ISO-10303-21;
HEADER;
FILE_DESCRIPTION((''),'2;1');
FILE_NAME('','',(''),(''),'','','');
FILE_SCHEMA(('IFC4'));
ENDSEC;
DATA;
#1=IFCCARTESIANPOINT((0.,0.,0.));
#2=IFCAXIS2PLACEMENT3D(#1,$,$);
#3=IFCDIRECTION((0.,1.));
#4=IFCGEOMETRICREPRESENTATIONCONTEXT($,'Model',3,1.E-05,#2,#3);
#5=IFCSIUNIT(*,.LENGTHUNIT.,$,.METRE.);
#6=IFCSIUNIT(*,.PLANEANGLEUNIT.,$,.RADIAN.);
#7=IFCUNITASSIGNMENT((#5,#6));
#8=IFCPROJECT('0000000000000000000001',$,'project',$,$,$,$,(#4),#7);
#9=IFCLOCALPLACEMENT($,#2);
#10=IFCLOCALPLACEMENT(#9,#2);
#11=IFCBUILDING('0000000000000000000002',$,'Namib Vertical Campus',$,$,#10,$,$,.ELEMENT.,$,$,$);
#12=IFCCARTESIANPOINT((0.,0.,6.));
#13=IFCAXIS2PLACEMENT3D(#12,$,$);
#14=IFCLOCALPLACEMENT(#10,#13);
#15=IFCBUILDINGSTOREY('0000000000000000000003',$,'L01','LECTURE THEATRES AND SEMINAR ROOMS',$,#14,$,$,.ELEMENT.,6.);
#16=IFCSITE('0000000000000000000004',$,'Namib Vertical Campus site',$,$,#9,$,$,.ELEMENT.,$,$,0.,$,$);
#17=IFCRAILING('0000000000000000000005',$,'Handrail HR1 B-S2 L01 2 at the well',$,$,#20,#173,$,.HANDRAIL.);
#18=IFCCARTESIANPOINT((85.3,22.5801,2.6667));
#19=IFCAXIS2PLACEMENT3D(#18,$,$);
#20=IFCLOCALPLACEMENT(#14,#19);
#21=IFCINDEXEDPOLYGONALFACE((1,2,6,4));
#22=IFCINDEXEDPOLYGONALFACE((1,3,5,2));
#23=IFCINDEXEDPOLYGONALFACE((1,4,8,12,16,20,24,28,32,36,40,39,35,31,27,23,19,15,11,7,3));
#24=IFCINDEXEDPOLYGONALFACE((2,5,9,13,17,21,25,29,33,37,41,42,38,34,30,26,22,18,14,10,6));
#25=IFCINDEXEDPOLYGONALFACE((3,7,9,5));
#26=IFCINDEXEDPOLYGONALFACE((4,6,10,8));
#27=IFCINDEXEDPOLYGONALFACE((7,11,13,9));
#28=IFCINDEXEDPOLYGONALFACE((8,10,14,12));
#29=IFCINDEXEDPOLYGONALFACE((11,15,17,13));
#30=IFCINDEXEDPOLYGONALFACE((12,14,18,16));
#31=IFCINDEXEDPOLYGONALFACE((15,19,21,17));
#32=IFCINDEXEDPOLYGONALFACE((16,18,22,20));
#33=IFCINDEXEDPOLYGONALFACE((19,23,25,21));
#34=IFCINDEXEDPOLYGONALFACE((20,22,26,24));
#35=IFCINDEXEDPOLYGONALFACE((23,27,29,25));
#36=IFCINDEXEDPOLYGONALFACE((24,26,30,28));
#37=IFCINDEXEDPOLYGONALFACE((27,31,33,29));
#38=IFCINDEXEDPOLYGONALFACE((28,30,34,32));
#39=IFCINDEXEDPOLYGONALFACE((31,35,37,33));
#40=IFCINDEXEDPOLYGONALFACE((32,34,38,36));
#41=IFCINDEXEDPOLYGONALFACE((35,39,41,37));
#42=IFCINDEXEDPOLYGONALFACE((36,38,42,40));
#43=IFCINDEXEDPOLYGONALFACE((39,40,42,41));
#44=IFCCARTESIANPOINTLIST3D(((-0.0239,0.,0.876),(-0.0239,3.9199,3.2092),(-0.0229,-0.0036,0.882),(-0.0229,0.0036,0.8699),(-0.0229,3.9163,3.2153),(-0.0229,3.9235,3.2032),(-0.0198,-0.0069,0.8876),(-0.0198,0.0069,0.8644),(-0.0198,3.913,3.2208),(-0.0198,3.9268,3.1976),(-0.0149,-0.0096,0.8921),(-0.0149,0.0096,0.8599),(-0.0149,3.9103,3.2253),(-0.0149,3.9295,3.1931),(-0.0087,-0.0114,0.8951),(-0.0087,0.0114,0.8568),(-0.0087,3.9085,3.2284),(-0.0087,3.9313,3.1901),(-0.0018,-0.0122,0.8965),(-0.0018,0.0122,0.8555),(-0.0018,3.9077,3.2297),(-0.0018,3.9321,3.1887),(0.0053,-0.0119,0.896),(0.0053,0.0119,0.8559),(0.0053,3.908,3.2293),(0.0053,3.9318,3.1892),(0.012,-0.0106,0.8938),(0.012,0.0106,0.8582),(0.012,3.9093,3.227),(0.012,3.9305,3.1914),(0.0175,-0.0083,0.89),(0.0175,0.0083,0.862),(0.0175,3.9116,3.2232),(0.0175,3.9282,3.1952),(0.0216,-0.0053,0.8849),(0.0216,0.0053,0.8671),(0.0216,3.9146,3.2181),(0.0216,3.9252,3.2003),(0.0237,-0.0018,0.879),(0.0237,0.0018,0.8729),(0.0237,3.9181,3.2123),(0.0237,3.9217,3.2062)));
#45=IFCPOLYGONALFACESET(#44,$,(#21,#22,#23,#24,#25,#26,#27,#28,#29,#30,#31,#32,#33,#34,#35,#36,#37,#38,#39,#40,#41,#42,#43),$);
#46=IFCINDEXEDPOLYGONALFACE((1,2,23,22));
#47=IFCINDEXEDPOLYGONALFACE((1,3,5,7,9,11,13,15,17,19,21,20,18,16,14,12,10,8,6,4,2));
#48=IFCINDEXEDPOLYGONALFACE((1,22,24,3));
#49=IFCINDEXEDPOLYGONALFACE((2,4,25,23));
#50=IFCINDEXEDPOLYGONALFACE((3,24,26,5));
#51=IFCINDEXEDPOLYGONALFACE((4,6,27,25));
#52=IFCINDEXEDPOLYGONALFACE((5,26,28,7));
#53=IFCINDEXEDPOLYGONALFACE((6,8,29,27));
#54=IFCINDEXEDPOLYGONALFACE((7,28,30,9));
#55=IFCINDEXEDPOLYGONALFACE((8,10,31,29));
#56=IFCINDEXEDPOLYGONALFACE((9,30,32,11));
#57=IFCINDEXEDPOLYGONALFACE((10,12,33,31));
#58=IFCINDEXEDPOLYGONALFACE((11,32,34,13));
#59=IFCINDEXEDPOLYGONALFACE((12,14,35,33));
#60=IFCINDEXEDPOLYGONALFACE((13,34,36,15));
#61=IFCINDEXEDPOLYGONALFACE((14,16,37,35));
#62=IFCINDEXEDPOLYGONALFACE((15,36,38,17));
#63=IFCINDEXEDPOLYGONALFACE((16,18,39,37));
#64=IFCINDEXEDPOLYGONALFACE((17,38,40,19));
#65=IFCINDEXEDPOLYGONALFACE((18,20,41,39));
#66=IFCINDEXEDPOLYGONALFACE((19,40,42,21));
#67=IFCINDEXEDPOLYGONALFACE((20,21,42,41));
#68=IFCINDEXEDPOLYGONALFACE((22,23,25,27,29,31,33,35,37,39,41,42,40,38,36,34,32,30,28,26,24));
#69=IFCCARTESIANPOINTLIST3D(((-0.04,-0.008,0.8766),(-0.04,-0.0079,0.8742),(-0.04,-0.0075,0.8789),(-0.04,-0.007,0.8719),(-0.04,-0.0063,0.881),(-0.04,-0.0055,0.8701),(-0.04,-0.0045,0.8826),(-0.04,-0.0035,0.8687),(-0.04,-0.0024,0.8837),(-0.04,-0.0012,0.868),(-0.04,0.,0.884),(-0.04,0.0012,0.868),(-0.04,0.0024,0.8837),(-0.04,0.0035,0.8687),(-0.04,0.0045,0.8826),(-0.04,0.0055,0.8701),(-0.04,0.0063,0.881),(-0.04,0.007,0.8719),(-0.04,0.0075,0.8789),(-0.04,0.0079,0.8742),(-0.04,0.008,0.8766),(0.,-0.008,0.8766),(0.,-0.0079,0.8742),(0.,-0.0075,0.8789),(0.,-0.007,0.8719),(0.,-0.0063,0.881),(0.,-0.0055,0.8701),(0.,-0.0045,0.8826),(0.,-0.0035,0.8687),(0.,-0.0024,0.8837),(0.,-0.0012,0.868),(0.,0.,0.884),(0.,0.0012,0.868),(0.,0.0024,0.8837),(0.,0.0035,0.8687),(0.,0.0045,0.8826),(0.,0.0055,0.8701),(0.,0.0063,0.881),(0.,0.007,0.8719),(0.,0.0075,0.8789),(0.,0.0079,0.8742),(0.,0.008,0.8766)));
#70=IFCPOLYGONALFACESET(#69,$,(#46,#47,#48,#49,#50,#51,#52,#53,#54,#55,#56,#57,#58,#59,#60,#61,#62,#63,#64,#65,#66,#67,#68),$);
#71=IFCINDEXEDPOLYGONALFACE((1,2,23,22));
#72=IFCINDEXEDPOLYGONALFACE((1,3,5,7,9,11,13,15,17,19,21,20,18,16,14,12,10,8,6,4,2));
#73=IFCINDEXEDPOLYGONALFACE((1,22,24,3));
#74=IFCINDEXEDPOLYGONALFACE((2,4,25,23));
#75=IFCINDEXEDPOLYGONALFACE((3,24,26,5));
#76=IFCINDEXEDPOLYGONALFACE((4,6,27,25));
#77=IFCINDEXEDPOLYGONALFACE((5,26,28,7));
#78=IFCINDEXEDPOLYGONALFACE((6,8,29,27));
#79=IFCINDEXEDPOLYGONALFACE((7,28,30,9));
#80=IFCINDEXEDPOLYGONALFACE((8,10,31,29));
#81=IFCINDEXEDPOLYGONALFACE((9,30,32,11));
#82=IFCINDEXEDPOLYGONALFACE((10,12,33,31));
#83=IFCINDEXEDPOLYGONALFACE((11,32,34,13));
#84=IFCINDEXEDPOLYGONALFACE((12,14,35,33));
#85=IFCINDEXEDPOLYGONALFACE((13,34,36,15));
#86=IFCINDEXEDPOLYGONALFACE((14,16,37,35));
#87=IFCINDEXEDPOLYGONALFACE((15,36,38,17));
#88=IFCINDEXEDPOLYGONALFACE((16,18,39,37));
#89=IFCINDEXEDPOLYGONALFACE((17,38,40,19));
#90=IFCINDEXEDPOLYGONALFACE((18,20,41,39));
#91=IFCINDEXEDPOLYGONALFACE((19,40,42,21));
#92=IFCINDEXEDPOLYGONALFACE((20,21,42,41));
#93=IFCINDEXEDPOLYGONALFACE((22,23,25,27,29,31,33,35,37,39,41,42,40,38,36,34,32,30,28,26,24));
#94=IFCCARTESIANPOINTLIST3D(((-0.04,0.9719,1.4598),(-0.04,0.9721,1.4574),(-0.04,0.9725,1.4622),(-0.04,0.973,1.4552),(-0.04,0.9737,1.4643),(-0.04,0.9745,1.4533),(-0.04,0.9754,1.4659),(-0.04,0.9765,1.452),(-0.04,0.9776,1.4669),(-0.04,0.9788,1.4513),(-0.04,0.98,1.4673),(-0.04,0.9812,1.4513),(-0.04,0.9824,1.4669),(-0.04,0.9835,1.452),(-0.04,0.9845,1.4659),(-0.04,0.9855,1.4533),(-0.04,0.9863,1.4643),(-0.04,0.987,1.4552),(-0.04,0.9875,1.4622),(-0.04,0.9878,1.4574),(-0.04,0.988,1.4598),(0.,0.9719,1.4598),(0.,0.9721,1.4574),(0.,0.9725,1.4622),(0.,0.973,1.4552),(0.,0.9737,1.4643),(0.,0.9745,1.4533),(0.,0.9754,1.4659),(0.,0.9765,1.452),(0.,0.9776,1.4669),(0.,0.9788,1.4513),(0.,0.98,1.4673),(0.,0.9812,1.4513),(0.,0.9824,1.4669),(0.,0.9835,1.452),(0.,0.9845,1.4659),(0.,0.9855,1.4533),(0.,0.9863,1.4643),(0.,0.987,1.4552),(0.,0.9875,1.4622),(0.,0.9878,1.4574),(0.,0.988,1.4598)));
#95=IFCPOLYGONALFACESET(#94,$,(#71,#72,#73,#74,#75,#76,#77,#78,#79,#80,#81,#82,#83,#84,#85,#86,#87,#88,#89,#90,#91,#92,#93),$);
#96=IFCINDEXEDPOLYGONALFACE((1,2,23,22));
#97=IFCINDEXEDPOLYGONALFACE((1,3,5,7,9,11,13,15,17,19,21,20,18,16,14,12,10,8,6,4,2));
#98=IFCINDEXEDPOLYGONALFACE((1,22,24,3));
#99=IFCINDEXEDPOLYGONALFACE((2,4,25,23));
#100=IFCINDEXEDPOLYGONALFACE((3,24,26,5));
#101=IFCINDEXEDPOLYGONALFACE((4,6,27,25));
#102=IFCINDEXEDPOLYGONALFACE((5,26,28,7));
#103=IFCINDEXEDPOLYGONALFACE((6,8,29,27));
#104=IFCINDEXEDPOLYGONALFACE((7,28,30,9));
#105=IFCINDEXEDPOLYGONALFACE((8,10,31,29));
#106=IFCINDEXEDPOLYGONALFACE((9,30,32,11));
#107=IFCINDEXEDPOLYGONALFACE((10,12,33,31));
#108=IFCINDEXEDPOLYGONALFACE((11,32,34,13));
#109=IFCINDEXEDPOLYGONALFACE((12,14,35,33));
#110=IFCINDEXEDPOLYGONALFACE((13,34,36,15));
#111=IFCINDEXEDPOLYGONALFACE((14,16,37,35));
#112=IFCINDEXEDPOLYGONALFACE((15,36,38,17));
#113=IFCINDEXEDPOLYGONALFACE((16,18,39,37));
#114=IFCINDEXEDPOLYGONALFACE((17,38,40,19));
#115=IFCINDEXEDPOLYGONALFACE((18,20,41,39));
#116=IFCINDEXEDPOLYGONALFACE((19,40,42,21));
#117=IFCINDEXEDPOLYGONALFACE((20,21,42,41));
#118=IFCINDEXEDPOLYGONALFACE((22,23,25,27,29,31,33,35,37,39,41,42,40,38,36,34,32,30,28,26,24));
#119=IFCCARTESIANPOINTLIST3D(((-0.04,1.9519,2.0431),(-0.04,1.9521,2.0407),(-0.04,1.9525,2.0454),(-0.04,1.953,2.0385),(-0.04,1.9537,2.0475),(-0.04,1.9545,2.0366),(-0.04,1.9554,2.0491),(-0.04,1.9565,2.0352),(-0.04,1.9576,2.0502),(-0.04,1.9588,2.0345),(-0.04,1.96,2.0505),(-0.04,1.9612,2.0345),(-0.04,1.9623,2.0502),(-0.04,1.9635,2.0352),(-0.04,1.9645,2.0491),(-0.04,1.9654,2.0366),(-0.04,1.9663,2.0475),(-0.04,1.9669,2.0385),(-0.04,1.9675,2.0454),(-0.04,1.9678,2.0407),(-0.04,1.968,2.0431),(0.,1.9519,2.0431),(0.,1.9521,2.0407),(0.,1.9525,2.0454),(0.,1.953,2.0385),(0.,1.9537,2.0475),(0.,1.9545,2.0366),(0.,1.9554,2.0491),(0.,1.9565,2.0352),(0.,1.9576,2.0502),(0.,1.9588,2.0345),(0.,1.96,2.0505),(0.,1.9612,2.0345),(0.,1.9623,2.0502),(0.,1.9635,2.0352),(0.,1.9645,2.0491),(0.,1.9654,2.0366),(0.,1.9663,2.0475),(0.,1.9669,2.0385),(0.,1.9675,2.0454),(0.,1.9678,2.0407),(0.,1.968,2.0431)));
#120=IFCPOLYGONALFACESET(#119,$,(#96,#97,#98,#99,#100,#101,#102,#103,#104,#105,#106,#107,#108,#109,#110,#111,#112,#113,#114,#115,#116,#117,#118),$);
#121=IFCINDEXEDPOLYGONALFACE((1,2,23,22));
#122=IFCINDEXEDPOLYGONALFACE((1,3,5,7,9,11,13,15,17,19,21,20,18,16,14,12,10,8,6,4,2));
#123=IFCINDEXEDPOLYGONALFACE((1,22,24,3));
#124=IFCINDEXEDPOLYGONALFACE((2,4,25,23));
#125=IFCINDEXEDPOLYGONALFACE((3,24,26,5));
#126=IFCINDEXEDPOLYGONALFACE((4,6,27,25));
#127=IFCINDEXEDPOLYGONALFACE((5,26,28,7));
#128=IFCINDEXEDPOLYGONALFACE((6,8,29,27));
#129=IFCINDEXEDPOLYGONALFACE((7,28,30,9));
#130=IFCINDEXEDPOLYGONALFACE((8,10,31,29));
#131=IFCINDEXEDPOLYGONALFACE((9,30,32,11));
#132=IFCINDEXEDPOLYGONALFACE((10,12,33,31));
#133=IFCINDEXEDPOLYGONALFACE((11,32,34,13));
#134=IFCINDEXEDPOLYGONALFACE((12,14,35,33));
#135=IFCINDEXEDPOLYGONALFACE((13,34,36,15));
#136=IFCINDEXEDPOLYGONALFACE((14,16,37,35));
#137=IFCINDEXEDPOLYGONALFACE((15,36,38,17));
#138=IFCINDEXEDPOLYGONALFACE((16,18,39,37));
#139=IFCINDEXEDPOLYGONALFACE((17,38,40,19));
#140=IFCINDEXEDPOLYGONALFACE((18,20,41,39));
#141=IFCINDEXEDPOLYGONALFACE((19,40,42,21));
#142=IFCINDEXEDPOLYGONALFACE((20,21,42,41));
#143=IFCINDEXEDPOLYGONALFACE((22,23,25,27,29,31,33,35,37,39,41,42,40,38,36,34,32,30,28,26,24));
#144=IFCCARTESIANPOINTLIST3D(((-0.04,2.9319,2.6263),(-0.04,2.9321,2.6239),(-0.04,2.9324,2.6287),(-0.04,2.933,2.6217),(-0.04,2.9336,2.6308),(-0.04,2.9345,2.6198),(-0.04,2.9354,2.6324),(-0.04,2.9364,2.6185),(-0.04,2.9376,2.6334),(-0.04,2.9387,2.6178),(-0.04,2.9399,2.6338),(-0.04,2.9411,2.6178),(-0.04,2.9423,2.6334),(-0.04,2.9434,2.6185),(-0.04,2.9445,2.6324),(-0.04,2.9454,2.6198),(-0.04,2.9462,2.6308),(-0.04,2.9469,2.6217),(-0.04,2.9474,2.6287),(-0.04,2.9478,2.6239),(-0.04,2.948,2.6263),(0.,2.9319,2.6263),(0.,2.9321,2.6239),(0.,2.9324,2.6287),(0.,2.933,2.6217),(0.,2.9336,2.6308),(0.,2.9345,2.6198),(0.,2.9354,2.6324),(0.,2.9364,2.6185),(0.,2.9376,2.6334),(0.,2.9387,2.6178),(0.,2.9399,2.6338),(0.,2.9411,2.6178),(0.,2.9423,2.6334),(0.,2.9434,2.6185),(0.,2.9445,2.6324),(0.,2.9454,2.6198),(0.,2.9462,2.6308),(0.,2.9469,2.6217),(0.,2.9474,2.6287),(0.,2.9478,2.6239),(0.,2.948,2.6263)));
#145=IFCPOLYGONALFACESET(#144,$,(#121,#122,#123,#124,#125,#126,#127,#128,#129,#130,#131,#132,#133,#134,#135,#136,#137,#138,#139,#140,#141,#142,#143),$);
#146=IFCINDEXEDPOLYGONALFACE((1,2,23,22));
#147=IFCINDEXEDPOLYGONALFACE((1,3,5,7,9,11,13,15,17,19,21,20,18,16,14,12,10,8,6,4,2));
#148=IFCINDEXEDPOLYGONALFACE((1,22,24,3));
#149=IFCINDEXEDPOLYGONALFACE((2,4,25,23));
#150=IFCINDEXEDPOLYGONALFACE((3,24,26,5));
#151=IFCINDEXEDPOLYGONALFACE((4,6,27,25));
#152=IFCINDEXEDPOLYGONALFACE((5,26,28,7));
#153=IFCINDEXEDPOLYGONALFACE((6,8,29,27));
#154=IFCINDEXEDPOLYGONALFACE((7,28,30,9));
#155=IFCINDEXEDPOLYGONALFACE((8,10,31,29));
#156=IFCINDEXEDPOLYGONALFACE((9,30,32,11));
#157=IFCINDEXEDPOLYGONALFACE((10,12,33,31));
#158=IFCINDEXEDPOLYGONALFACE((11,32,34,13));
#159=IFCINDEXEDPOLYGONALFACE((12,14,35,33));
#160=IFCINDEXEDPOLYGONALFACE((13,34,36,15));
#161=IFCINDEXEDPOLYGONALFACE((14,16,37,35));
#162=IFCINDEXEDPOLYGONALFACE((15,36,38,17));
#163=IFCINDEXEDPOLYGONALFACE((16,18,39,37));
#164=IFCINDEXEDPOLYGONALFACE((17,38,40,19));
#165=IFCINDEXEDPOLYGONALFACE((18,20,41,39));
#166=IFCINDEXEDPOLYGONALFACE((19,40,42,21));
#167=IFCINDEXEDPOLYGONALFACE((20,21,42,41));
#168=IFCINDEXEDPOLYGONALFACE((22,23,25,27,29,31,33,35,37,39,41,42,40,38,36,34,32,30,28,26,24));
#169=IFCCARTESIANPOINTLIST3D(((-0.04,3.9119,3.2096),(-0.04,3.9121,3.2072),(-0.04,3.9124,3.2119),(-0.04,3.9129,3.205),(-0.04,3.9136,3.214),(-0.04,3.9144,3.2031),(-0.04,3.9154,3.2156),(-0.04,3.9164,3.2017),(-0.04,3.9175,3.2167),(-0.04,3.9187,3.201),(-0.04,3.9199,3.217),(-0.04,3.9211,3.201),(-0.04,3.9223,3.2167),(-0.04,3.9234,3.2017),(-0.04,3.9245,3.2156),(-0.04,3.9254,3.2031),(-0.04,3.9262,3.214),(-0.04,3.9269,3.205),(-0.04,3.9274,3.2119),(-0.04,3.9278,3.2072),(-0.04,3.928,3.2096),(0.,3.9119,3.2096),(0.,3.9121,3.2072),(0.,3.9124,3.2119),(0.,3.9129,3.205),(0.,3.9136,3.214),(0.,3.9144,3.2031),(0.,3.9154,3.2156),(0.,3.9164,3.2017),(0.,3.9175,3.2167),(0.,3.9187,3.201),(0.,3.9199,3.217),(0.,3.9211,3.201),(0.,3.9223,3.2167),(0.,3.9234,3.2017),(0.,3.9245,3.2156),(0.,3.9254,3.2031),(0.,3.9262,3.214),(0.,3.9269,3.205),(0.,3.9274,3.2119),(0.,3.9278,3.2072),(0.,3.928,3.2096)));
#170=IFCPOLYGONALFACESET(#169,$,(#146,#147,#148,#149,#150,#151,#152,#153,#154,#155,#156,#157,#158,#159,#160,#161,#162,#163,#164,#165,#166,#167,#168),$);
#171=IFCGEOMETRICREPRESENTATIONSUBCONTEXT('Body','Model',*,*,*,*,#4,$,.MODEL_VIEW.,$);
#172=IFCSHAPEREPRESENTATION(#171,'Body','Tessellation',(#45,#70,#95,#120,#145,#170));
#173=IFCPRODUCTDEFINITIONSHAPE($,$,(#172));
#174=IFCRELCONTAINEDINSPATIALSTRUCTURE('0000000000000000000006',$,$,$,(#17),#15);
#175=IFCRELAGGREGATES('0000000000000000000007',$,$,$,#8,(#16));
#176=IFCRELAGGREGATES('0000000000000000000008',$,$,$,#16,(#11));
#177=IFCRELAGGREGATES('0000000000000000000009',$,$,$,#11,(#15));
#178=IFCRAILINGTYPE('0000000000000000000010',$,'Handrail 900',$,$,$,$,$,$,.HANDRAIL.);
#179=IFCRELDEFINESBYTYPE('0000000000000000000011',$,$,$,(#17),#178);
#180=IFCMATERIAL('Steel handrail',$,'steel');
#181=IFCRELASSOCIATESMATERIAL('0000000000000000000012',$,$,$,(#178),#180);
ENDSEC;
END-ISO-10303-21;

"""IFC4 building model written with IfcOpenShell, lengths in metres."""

from ifc_helpers import new_model, si_unit, direction, frame, origin, origin_2d, place, context, subcontext, project, spatial, circle, extrude, material, type_object, element, save


model = new_model("IFC4")

# Units and contexts
model_context = context("Model", 3, precision=1e-05, world=origin(), true_north=direction((0.0, 1.0)))
body_context = subcontext(model_context, "Body", "Model", "MODEL_VIEW")
ifc_project = project(units=[si_unit("LENGTHUNIT", "METRE"), si_unit("PLANEANGLEUNIT", "RADIAN")], contexts=[model_context])

# Site, building, storey
site_placement = place(None, origin())
site = spatial("IfcSite", under=ifc_project, at=site_placement, Name="Namib Vertical Campus site", CompositionType="ELEMENT", RefElevation=0.0)
building_placement = place(site_placement, origin())
building = spatial("IfcBuilding", under=site, at=building_placement, Name="Namib Vertical Campus", CompositionType="ELEMENT")
storey_placement = place(building_placement, frame((0.0, 0.0, 6.0)))
storey = spatial("IfcBuildingStorey", under=building, at=storey_placement, Name="L01", Description="LECTURE THEATRES AND SEMINAR ROOMS", CompositionType="ELEMENT", Elevation=6.0)

# Railing
ifc_material_1 = material(Name="Steel handrail", Category="steel")
railing_type_1 = type_object("IfcRailingType", Name="Handrail 900", PredefinedType="HANDRAIL", material=ifc_material_1)
railing_1_placement = place(storey_placement, frame((85.3, 22.5801, 2.6667)))
element("IfcRailing", 1, at=railing_1_placement, inside=storey, type_object=railing_type_1, Name="Handrail HR1 B-S2 L01 2 at the well", PredefinedType="HANDRAIL", context=body_context, shape_type="SweptSolid", body=[
    extrude(circle(Radius=0.0239, at=origin_2d()), frame((0.0, 0.0, 0.876), z_axis=(0.0, 0.859296, 0.511478), x_axis=(-1.0, 0.0, 0.0)), (0.0, 0.0, 1.0), 4.5618),
    extrude(circle(Radius=0.0081, at=origin_2d()), frame((0.0, 0.0, 0.876), z_axis=(-1.0, 0.0, 0.0), x_axis=(0.0, 0.0, 1.0)), (0.0, 0.0, 1.0), 0.04),
    extrude(circle(Radius=0.0081, at=origin_2d()), frame((0.0, 0.98, 1.4592), z_axis=(-1.0, 0.0, 0.0), x_axis=(0.0, 0.0, 1.0)), (0.0, 0.0, 1.0), 0.04),
    extrude(circle(Radius=0.0081, at=origin_2d()), frame((0.0, 1.96, 2.0425), z_axis=(-1.0, 0.0, 0.0), x_axis=(0.0, 0.0, 1.0)), (0.0, 0.0, 1.0), 0.04),
    extrude(circle(Radius=0.0081, at=origin_2d()), frame((0.0, 2.9399, 2.6257), z_axis=(-1.0, 0.0, 0.0), x_axis=(0.0, 0.0, 1.0)), (0.0, 0.0, 1.0), 0.04),
    extrude(circle(Radius=0.0081, at=origin_2d()), frame((0.0, 3.9199, 3.209), z_axis=(-1.0, 0.0, 0.0), x_axis=(0.0, 0.0, 1.0)), (0.0, 0.0, 1.0), 0.04),
])

save(model, "model.ifc")
